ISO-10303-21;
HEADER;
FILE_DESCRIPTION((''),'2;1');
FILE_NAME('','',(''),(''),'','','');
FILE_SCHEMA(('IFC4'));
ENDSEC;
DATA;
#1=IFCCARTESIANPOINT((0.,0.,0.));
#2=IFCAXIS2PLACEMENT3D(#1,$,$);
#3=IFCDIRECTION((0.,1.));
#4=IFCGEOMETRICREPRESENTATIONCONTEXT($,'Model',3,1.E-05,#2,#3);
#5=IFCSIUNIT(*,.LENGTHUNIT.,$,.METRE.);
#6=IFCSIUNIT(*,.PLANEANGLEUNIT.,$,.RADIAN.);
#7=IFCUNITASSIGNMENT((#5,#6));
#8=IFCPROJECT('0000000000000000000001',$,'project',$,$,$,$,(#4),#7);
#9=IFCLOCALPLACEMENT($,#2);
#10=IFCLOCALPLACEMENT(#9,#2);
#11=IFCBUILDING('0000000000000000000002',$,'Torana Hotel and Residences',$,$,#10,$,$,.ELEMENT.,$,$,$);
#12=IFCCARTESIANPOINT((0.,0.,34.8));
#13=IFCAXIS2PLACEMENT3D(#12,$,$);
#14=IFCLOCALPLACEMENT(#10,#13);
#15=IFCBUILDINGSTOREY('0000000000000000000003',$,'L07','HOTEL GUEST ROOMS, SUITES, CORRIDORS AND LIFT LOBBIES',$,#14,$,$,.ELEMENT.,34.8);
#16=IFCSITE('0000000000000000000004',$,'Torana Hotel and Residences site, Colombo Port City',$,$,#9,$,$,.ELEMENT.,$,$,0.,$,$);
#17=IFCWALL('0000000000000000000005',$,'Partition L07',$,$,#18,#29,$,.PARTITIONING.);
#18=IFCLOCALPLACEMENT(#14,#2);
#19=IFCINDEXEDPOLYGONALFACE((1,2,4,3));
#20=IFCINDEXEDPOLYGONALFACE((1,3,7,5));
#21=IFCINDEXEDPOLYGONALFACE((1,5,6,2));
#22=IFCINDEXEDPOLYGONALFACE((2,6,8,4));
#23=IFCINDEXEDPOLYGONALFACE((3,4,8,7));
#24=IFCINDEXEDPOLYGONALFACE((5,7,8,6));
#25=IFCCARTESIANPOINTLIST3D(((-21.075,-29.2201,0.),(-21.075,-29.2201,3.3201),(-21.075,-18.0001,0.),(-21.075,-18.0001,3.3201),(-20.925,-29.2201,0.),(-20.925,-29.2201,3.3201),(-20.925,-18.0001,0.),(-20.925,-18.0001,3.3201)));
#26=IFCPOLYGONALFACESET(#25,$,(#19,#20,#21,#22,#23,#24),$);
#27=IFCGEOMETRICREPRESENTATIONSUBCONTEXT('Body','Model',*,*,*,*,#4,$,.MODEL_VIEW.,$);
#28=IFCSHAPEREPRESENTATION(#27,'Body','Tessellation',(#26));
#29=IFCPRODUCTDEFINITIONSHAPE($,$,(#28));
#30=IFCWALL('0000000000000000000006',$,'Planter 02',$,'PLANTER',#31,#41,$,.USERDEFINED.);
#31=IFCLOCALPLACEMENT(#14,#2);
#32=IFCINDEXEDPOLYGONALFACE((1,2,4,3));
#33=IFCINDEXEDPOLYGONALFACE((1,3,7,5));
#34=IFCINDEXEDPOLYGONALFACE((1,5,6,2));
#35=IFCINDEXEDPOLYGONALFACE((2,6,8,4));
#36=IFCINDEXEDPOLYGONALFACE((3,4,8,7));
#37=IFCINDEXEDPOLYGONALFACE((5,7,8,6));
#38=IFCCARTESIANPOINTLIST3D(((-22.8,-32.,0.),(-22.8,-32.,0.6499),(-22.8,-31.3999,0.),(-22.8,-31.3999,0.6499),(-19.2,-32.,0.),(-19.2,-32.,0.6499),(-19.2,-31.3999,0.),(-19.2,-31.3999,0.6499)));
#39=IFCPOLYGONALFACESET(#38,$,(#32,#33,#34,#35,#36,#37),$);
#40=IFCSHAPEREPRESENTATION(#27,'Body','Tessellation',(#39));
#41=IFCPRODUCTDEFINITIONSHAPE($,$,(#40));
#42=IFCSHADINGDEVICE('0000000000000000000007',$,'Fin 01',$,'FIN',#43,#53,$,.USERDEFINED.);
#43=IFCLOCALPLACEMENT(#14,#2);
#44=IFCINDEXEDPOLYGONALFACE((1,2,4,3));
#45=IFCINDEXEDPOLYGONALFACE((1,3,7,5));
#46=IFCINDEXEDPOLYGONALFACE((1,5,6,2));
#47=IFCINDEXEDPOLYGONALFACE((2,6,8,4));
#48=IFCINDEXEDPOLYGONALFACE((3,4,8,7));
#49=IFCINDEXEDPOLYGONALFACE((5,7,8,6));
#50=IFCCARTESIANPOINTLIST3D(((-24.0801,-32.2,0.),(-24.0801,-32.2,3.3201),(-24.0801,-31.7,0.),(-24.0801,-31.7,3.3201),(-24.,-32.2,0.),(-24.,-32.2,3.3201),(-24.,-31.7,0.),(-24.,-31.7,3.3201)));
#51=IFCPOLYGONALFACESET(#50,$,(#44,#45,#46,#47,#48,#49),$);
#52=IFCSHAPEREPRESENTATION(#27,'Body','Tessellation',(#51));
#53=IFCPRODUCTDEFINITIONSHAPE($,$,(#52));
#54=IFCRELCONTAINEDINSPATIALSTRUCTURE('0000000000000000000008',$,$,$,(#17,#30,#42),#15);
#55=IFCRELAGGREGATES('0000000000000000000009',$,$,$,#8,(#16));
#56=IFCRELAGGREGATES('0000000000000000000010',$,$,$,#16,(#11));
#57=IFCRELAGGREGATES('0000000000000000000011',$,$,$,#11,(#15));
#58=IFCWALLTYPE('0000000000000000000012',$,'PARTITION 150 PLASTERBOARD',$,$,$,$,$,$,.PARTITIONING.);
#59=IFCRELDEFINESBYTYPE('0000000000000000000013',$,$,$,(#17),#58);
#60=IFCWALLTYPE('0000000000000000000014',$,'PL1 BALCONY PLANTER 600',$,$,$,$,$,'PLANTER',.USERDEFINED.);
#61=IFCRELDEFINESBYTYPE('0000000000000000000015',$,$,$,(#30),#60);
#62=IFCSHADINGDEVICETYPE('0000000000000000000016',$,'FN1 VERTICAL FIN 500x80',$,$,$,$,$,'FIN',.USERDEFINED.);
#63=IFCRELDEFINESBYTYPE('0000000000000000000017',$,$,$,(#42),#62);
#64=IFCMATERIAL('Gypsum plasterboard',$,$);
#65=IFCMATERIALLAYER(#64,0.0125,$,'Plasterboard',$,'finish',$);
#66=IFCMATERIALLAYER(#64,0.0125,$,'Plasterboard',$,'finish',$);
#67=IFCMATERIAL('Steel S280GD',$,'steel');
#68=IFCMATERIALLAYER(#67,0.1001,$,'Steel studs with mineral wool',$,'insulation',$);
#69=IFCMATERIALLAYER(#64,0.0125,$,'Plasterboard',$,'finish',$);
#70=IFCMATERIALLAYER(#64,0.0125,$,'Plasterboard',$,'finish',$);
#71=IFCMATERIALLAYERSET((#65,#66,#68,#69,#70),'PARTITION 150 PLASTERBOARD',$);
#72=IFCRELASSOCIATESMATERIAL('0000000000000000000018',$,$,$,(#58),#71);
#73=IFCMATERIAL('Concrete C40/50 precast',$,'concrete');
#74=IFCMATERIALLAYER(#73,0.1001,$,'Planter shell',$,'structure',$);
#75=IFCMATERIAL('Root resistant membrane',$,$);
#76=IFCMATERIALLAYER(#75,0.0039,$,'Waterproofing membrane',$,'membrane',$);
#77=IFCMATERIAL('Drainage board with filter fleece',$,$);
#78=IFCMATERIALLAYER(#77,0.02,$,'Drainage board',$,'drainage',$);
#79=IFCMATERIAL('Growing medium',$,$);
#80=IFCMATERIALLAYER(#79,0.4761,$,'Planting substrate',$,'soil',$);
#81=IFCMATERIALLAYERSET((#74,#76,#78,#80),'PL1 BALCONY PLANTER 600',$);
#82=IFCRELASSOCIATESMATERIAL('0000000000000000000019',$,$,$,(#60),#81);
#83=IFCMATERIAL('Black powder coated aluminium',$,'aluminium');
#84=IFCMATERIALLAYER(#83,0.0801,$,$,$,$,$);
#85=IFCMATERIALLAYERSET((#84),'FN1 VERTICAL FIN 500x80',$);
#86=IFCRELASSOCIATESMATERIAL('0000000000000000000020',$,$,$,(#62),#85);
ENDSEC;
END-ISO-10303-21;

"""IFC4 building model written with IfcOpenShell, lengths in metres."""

from ifc_helpers import new_model, si_unit, direction, frame, frame_2d, origin, origin_2d, place, context, subcontext, project, spatial, rectangle, extrude, material, layer, layer_set, type_object, element, save


model = new_model("IFC4")

# Units and contexts
model_context = context("Model", 3, precision=1e-05, world=origin(), true_north=direction((0.0, 1.0)))
body_context = subcontext(model_context, "Body", "Model", "MODEL_VIEW")
ifc_project = project(units=[si_unit("LENGTHUNIT", "METRE"), si_unit("PLANEANGLEUNIT", "RADIAN")], contexts=[model_context])

# Site, building, storey
site_placement = place(None, origin())
site = spatial("IfcSite", under=ifc_project, at=site_placement, Name="Torana Hotel and Residences site, Colombo Port City", CompositionType="ELEMENT", RefElevation=0.0)
building_placement = place(site_placement, origin())
building = spatial("IfcBuilding", under=site, at=building_placement, Name="Torana Hotel and Residences", CompositionType="ELEMENT")
storey_placement = place(building_placement, frame((0.0, 0.0, 34.8)))
storey = spatial("IfcBuildingStorey", under=building, at=storey_placement, Name="L07", Description="HOTEL GUEST ROOMS, SUITES, CORRIDORS AND LIFT LOBBIES", CompositionType="ELEMENT", Elevation=34.8)

# Walls
ifc_material_1 = material(Name="Gypsum plasterboard")
ifc_layer_1 = layer(ifc_material_1, 0.0125, Name="Plasterboard", Category="finish")
ifc_layer_2 = layer(ifc_material_1, 0.0125, Name="Plasterboard", Category="finish")
ifc_material_2 = material(Name="Steel S280GD", Category="steel")
ifc_layer_3 = layer(ifc_material_2, 0.1001, Name="Steel studs with mineral wool", Category="insulation")
ifc_layer_4 = layer(ifc_material_1, 0.0125, Name="Plasterboard", Category="finish")
ifc_layer_5 = layer(ifc_material_1, 0.0125, Name="Plasterboard", Category="finish")
ifc_layer_set_1 = layer_set([ifc_layer_1, ifc_layer_2, ifc_layer_3, ifc_layer_4, ifc_layer_5], Name="PARTITION 150 PLASTERBOARD")
wall_type_1 = type_object("IfcWallType", Name="PARTITION 150 PLASTERBOARD", PredefinedType="PARTITIONING", material=ifc_layer_set_1)
wall_1_placement = place(storey_placement, frame((-21.0, -29.22, 0.0), z_axis=(0.0, 0.0, 1.0), x_axis=(0.0, 1.0, 0.0)))
element("IfcWall", 1, at=wall_1_placement, inside=storey, type_object=wall_type_1, Name="Partition L07", PredefinedType="PARTITIONING", context=body_context, shape_type="SweptSolid", body=[
    extrude(rectangle(XDim=11.22, YDim=0.1499, at=frame_2d((5.6099, 0.0))), origin(), (0.0, 0.0, 1.0), 3.3201),
])
ifc_material_3 = material(Name="Concrete C40/50 precast", Category="concrete")
ifc_layer_6 = layer(ifc_material_3, 0.1001, Name="Planter shell", Category="structure")
ifc_material_4 = material(Name="Root resistant membrane")
ifc_layer_7 = layer(ifc_material_4, 0.0039, Name="Waterproofing membrane", Category="membrane")
ifc_material_5 = material(Name="Drainage board with filter fleece")
ifc_layer_8 = layer(ifc_material_5, 0.02, Name="Drainage board", Category="drainage")
ifc_material_6 = material(Name="Growing medium")
ifc_layer_9 = layer(ifc_material_6, 0.4761, Name="Planting substrate", Category="soil")
ifc_layer_set_2 = layer_set([ifc_layer_6, ifc_layer_7, ifc_layer_8, ifc_layer_9], Name="PL1 BALCONY PLANTER 600")
wall_type_2 = type_object("IfcWallType", Name="PL1 BALCONY PLANTER 600", ElementType="PLANTER", PredefinedType="USERDEFINED", material=ifc_layer_set_2)
wall_2_placement = place(storey_placement, frame((-19.2, -31.7, 0.0), z_axis=(0.0, 0.0, 1.0), x_axis=(-1.0, 0.0, 0.0)))
element("IfcWall", 2, at=wall_2_placement, inside=storey, type_object=wall_type_2, Name="Planter 02", ObjectType="PLANTER", PredefinedType="USERDEFINED", context=body_context, shape_type="SweptSolid", body=[
    extrude(rectangle(XDim=3.6001, YDim=0.6001, at=frame_2d((1.8, 0.0))), origin(), (0.0, 0.0, 1.0), 0.6499),
])

# Shading device
ifc_material_7 = material(Name="Black powder coated aluminium", Category="aluminium")
ifc_layer_10 = layer(ifc_material_7, 0.0801)
ifc_layer_set_3 = layer_set([ifc_layer_10], Name="FN1 VERTICAL FIN 500x80")
shading_device_type = type_object("IfcShadingDeviceType", Name="FN1 VERTICAL FIN 500x80", ElementType="FIN", PredefinedType="USERDEFINED", material=ifc_layer_set_3)
shading_device_placement = place(storey_placement, frame((-24.04, -31.95, 0.0), z_axis=(0.0, 0.0, 1.0), x_axis=(-1.0, 0.0, 0.0)))
element("IfcShadingDevice", 3, at=shading_device_placement, inside=storey, type_object=shading_device_type, Name="Fin 01", ObjectType="FIN", PredefinedType="USERDEFINED", context=body_context, shape_type="SweptSolid", body=[
    extrude(rectangle(XDim=0.0801, YDim=0.5, at=origin_2d()), origin(), (0.0, 0.0, 1.0), 3.3201),
])

save(model, "model.ifc")
